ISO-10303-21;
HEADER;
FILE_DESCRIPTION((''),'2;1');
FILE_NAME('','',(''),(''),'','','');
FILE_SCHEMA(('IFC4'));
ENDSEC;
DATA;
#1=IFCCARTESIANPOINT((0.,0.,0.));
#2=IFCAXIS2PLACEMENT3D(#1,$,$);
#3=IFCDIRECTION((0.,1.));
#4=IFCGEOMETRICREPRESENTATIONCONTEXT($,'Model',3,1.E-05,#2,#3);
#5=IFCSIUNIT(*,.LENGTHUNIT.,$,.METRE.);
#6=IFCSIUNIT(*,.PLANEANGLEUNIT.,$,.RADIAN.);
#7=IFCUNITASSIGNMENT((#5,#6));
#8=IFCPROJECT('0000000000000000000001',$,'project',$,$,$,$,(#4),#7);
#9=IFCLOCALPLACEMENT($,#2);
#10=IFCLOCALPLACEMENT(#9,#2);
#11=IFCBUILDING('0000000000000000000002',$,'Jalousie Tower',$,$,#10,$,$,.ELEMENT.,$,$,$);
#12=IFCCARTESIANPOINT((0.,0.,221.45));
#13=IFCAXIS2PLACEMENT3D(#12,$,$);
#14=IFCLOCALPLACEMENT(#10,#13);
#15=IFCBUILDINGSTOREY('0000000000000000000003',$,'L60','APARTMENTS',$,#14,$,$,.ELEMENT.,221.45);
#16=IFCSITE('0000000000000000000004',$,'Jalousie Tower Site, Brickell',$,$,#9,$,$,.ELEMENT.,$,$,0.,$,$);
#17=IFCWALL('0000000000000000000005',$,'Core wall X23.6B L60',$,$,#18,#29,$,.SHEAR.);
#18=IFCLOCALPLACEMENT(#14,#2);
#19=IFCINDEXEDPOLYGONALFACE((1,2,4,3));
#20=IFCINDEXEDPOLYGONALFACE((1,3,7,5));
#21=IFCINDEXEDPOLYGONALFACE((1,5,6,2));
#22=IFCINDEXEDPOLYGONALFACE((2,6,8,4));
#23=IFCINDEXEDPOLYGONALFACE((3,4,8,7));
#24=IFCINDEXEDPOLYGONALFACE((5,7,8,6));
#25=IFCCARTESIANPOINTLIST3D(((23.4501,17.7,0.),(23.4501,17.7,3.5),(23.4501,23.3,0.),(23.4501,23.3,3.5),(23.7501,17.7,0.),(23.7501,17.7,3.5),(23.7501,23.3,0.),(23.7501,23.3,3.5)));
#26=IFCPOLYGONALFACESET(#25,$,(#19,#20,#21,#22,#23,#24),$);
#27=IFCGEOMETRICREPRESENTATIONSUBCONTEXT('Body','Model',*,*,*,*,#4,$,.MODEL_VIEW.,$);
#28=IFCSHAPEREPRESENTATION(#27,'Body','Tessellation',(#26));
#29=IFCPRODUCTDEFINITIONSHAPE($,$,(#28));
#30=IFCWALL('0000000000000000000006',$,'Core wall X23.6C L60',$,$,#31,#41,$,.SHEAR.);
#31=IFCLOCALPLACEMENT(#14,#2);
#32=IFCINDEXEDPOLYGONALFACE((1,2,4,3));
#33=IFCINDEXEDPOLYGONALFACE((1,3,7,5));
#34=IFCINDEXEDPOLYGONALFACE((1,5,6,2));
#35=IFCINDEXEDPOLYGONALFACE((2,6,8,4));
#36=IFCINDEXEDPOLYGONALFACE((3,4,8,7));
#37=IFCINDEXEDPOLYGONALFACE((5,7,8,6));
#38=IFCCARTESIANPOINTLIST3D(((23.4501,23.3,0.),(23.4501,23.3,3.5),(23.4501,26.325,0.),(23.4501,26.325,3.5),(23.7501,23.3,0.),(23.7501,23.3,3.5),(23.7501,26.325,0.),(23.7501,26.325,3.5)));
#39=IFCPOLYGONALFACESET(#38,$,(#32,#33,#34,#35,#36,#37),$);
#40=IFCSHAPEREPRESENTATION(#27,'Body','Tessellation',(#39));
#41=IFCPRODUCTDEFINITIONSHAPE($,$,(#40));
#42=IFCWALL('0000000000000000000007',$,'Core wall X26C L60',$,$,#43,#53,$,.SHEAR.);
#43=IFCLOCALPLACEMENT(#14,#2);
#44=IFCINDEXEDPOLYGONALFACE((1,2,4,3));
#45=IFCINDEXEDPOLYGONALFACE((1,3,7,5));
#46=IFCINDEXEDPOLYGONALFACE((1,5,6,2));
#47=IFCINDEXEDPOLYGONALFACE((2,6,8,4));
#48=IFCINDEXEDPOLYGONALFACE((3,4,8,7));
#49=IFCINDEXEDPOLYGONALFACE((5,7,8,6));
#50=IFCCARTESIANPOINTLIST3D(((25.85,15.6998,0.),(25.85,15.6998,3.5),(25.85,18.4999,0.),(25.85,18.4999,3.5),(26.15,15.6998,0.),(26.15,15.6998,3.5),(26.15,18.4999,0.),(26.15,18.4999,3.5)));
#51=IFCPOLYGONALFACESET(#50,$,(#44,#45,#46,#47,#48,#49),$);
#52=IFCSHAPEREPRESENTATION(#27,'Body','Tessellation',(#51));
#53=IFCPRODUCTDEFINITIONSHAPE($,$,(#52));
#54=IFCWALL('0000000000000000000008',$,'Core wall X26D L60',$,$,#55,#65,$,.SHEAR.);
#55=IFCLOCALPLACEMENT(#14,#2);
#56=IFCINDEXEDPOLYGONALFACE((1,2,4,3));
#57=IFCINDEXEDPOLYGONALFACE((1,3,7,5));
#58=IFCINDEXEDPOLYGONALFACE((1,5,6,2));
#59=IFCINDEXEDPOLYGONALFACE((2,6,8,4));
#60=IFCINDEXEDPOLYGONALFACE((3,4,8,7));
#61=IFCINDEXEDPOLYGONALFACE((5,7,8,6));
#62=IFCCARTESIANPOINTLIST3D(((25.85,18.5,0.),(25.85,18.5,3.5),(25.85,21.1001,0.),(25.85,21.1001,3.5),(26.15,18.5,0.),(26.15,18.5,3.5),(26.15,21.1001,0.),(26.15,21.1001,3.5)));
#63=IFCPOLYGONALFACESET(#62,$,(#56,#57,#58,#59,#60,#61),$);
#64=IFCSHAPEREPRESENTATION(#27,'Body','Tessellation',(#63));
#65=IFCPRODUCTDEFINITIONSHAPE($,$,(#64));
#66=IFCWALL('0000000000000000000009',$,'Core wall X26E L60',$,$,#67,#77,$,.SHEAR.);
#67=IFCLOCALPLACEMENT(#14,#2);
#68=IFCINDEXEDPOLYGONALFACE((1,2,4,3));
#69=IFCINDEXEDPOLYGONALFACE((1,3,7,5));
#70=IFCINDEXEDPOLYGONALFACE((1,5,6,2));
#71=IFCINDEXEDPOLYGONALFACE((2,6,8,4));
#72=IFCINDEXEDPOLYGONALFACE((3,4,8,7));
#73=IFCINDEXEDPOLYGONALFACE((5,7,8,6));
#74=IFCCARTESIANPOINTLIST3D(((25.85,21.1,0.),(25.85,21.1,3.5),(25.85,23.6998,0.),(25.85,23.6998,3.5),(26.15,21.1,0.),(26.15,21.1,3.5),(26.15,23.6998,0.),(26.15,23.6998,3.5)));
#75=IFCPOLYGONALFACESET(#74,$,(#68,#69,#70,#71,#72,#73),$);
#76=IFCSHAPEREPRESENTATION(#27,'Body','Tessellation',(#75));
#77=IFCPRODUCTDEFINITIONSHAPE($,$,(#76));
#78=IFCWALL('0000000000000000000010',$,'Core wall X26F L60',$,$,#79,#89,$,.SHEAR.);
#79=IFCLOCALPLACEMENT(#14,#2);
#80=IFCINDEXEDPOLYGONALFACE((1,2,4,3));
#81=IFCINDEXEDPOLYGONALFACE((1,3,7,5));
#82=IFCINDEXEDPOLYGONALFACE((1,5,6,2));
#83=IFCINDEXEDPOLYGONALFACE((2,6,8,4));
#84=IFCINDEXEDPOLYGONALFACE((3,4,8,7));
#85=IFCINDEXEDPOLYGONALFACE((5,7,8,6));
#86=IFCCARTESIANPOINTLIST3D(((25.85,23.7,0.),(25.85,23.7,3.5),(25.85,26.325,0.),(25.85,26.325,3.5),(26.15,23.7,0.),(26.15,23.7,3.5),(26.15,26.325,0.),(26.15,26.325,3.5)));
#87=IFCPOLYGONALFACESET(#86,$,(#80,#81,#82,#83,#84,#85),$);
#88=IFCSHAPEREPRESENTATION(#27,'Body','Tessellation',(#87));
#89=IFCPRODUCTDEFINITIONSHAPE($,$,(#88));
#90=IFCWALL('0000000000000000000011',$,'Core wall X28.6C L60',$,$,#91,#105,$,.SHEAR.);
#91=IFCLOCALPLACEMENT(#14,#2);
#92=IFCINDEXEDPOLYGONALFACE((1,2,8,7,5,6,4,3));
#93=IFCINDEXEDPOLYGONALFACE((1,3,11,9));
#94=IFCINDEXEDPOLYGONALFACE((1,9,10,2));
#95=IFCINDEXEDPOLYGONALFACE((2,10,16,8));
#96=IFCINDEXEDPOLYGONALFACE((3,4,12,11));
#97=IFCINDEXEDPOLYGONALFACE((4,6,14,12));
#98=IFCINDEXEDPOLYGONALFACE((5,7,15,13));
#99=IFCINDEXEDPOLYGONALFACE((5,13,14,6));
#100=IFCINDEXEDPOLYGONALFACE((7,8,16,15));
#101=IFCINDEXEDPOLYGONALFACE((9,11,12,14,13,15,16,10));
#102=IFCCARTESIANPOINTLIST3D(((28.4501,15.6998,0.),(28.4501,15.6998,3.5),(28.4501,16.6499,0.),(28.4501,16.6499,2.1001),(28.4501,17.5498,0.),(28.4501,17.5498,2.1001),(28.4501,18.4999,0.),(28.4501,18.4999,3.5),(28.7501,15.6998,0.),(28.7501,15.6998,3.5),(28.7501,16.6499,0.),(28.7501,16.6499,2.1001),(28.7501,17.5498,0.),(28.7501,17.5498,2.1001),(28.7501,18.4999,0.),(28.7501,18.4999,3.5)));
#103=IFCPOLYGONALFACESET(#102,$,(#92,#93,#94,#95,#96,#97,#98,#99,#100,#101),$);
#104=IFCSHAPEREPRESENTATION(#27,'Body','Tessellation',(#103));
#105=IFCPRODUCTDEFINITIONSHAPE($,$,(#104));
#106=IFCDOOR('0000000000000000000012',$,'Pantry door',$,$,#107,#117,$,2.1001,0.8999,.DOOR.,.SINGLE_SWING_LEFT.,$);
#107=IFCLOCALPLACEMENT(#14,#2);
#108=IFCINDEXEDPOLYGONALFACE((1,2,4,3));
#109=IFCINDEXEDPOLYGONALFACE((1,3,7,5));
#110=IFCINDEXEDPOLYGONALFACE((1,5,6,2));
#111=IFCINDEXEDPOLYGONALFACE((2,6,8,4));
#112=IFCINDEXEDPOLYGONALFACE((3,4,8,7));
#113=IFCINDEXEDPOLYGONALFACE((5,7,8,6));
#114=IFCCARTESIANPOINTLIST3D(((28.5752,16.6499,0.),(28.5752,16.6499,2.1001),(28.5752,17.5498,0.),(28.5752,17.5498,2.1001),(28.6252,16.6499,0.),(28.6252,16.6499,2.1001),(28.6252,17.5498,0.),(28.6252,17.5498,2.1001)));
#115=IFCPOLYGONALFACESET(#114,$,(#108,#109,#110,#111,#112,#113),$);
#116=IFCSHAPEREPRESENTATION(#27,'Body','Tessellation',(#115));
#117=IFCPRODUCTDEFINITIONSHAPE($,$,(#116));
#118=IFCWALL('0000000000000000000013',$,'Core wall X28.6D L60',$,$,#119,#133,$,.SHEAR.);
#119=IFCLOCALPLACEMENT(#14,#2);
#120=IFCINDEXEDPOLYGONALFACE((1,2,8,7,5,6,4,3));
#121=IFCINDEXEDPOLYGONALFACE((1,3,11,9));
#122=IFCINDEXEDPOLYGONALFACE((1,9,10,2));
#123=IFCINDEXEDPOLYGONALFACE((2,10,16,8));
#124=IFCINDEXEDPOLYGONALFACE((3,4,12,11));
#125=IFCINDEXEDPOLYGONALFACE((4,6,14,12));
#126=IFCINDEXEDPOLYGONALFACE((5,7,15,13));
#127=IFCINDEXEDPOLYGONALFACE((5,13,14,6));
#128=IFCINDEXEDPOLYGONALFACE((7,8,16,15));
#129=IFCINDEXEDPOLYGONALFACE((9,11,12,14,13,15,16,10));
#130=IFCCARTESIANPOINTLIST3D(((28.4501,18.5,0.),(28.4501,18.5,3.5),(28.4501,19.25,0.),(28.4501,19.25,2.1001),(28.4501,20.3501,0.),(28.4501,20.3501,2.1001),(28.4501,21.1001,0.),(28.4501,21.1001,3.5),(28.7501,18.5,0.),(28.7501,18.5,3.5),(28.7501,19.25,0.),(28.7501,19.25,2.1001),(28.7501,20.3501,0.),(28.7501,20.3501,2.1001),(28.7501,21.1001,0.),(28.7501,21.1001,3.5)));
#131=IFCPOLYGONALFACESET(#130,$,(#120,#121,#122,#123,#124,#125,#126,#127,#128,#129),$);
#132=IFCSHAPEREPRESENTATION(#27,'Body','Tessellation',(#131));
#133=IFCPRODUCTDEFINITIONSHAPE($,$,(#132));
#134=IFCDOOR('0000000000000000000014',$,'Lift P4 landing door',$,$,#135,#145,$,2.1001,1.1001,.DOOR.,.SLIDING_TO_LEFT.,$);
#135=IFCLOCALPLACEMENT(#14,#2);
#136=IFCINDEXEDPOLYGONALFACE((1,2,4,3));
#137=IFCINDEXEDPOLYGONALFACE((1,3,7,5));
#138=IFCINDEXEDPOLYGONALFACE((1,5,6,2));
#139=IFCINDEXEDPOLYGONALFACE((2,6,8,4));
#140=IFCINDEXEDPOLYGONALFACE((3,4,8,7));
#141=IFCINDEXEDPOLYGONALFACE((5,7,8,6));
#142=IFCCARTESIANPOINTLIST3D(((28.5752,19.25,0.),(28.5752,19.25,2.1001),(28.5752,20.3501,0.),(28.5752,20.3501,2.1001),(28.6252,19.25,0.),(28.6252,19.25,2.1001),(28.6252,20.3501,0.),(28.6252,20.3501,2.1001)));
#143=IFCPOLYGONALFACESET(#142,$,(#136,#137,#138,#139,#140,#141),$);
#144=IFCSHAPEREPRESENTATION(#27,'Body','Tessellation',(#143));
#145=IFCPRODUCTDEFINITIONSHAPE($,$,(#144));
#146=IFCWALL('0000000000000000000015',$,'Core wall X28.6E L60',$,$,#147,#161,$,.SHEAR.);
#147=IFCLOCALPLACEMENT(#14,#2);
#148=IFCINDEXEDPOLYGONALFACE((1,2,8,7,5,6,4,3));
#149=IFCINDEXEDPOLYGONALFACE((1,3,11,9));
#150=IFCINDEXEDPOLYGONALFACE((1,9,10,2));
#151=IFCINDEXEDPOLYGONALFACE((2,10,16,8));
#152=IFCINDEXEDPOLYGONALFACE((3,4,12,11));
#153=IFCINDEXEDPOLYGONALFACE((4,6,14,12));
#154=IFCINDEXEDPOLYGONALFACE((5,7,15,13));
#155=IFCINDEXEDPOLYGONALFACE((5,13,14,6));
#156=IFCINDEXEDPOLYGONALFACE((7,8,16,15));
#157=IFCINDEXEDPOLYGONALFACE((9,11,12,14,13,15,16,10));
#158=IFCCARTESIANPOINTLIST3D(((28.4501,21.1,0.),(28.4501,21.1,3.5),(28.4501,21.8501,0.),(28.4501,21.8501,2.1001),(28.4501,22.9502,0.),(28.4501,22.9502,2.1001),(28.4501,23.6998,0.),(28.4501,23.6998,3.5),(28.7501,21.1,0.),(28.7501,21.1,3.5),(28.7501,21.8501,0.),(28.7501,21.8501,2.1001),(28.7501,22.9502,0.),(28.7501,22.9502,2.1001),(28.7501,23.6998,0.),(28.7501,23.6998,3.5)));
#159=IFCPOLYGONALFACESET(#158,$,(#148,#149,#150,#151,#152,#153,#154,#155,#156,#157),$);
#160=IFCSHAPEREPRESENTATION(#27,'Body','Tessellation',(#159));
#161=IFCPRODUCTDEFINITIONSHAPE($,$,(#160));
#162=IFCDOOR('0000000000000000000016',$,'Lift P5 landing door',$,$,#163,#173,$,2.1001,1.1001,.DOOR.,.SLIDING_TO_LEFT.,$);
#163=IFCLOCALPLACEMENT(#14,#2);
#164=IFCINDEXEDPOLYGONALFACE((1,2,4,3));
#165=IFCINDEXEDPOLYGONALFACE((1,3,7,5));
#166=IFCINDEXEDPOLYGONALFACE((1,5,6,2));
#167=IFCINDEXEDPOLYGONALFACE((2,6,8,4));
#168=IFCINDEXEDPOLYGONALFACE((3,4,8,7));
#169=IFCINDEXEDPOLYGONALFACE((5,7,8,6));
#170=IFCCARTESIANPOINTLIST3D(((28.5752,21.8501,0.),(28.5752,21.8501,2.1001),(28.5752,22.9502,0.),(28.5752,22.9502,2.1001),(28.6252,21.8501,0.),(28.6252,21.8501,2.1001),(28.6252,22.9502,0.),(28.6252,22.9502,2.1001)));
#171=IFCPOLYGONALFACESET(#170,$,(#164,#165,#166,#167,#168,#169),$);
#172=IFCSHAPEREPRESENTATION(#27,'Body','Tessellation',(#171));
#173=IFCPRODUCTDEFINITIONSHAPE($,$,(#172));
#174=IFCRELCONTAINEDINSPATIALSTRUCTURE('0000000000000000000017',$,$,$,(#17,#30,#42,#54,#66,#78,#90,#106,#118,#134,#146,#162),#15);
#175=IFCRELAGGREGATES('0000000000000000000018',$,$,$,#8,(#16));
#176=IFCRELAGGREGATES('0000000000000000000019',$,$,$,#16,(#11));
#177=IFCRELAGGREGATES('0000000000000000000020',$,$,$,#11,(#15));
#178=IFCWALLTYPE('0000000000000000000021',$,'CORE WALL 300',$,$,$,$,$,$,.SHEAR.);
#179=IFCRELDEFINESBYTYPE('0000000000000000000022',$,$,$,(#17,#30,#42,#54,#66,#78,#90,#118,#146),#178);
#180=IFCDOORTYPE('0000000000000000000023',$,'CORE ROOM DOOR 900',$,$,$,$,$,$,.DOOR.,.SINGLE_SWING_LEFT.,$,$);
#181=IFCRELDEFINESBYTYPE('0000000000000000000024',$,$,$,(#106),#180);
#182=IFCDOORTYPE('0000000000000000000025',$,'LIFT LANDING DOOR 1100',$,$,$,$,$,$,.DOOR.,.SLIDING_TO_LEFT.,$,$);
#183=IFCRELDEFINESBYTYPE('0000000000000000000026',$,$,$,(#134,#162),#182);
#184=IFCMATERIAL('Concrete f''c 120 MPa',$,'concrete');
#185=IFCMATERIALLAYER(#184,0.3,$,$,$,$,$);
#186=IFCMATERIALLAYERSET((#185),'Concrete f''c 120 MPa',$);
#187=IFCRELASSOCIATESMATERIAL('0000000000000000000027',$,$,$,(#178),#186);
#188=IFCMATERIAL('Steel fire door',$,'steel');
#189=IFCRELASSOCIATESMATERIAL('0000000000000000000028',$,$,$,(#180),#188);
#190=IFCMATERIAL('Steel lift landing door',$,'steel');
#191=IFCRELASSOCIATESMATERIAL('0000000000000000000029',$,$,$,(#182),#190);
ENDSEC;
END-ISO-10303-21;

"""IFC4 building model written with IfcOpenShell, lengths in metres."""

from ifc_helpers import new_model, si_unit, direction, frame, frame_2d, origin, place, context, subcontext, project, spatial, rectangle, extrude, material, layer, layer_set, type_object, element, fill, save


model = new_model("IFC4")

# Units and contexts
model_context = context("Model", 3, precision=1e-05, world=origin(), true_north=direction((0.0, 1.0)))
body_context = subcontext(model_context, "Body", "Model", "MODEL_VIEW")
ifc_project = project(units=[si_unit("LENGTHUNIT", "METRE"), si_unit("PLANEANGLEUNIT", "RADIAN")], contexts=[model_context])

# Site, building, storey
site_placement = place(None, origin())
site = spatial("IfcSite", under=ifc_project, at=site_placement, Name="Jalousie Tower Site, Brickell", CompositionType="ELEMENT", RefElevation=0.0)
building_placement = place(site_placement, origin())
building = spatial("IfcBuilding", under=site, at=building_placement, Name="Jalousie Tower", CompositionType="ELEMENT")
storey_placement = place(building_placement, frame((0.0, 0.0, 221.45)))
storey = spatial("IfcBuildingStorey", under=building, at=storey_placement, Name="L60", Description="APARTMENTS", CompositionType="ELEMENT", Elevation=221.45)

# Walls
ifc_material_1 = material(Name="Concrete f'c 120 MPa", Category="concrete")
ifc_layer = layer(ifc_material_1, 0.3)
ifc_layer_set = layer_set([ifc_layer], Name="Concrete f'c 120 MPa")
wall_type = type_object("IfcWallType", Name="CORE WALL 300", PredefinedType="SHEAR", material=ifc_layer_set)
wall_1_placement = place(storey_placement, frame((23.6001, 17.7, 0.0), z_axis=(0.0, 0.0, 1.0), x_axis=(0.0, 1.0, 0.0)))
element("IfcWall", 1, at=wall_1_placement, inside=storey, type_object=wall_type, Name="Core wall X23.6B L60", PredefinedType="SHEAR", context=body_context, shape_type="SweptSolid", body=[
    extrude(rectangle(XDim=5.6001, YDim=0.3, at=frame_2d((2.8, 0.0))), origin(), (0.0, 0.0, 1.0), 3.5),
])
wall_2_placement = place(storey_placement, frame((23.6001, 23.3, 0.0), z_axis=(0.0, 0.0, 1.0), x_axis=(0.0, 1.0, 0.0)))
element("IfcWall", 2, at=wall_2_placement, inside=storey, type_object=wall_type, Name="Core wall X23.6C L60", PredefinedType="SHEAR", context=body_context, shape_type="SweptSolid", body=[
    extrude(rectangle(XDim=3.0249, YDim=0.3, at=frame_2d((1.5125, 0.0))), origin(), (0.0, 0.0, 1.0), 3.5),
])
wall_3_placement = place(storey_placement, frame((26.0, 15.7, 0.0), z_axis=(0.0, 0.0, 1.0), x_axis=(0.0, 1.0, 0.0)))
element("IfcWall", 3, at=wall_3_placement, inside=storey, type_object=wall_type, Name="Core wall X26C L60", PredefinedType="SHEAR", context=body_context, shape_type="SweptSolid", body=[
    extrude(rectangle(XDim=2.8, YDim=0.3, at=frame_2d((1.3999, 0.0))), origin(), (0.0, 0.0, 1.0), 3.5),
])
wall_4_placement = place(storey_placement, frame((26.0, 18.5, 0.0), z_axis=(0.0, 0.0, 1.0), x_axis=(0.0, 1.0, 0.0)))
element("IfcWall", 4, at=wall_4_placement, inside=storey, type_object=wall_type, Name="Core wall X26D L60", PredefinedType="SHEAR", context=body_context, shape_type="SweptSolid", body=[
    extrude(rectangle(XDim=2.6001, YDim=0.3, at=frame_2d((1.3, 0.0))), origin(), (0.0, 0.0, 1.0), 3.5),
])
wall_5_placement = place(storey_placement, frame((26.0, 21.1001, 0.0), z_axis=(0.0, 0.0, 1.0), x_axis=(0.0, 1.0, 0.0)))
element("IfcWall", 5, at=wall_5_placement, inside=storey, type_object=wall_type, Name="Core wall X26E L60", PredefinedType="SHEAR", context=body_context, shape_type="SweptSolid", body=[
    extrude(rectangle(XDim=2.5999, YDim=0.3, at=frame_2d((1.2998, 0.0))), origin(), (0.0, 0.0, 1.0), 3.5),
])
wall_6_placement = place(storey_placement, frame((26.0, 23.7, 0.0), z_axis=(0.0, 0.0, 1.0), x_axis=(0.0, 1.0, 0.0)))
element("IfcWall", 6, at=wall_6_placement, inside=storey, type_object=wall_type, Name="Core wall X26F L60", PredefinedType="SHEAR", context=body_context, shape_type="SweptSolid", body=[
    extrude(rectangle(XDim=2.625, YDim=0.3, at=frame_2d((1.3125, 0.0))), origin(), (0.0, 0.0, 1.0), 3.5),
])

# Walls, openings, doors
wall_7_placement = place(storey_placement, frame((28.6001, 15.7, 0.0), z_axis=(0.0, 0.0, 1.0), x_axis=(0.0, 1.0, 0.0)))
wall_7 = element("IfcWall", 7, at=wall_7_placement, inside=storey, type_object=wall_type, Name="Core wall X28.6C L60", PredefinedType="SHEAR", context=body_context, shape_type="SweptSolid", body=[
    extrude(rectangle(XDim=2.8, YDim=0.3, at=frame_2d((1.3999, 0.0))), origin(), (0.0, 0.0, 1.0), 3.5),
])
opening_1_placement = place(wall_7_placement, frame((0.95, 0.0, 0.0)))
opening_1 = element("IfcOpeningElement", 8, at=opening_1_placement, cuts=wall_7, PredefinedType="OPENING", context=body_context, shape_type="SweptSolid", body=[
    extrude(rectangle(XDim=0.8999, YDim=2.1001, at=frame_2d((0.45, 1.05))), frame((0.0, 0.1599, 0.0), z_axis=(0.0, -1.0, 0.0), x_axis=(1.0, 0.0, 0.0)), (0.0, 0.0, 1.0), 0.3201),
])
ifc_material_2 = material(Name="Steel fire door", Category="steel")
door_type_1 = type_object("IfcDoorType", Name="CORE ROOM DOOR 900", OperationType="SINGLE_SWING_LEFT", PredefinedType="DOOR", material=ifc_material_2)
door_1_placement = place(opening_1_placement, origin())
door_1 = element("IfcDoor", 9, at=door_1_placement, inside=storey, type_object=door_type_1, Name="Pantry door", OperationType="SINGLE_SWING_LEFT", OverallHeight=2.1001, OverallWidth=0.8999, PredefinedType="DOOR", context=body_context, shape_type="SweptSolid", body=[
    extrude(rectangle(XDim=0.8999, YDim=2.1001, at=frame_2d((0.45, 1.05))), frame((0.0, 0.0249, 0.0), z_axis=(0.0, -1.0, 0.0), x_axis=(1.0, 0.0, 0.0)), (0.0, 0.0, 1.0), 0.05),
])
fill(opening_1, door_1)
wall_8_placement = place(storey_placement, frame((28.6001, 18.5, 0.0), z_axis=(0.0, 0.0, 1.0), x_axis=(0.0, 1.0, 0.0)))
wall_8 = element("IfcWall", 10, at=wall_8_placement, inside=storey, type_object=wall_type, Name="Core wall X28.6D L60", PredefinedType="SHEAR", context=body_context, shape_type="SweptSolid", body=[
    extrude(rectangle(XDim=2.6001, YDim=0.3, at=frame_2d((1.3, 0.0))), origin(), (0.0, 0.0, 1.0), 3.5),
])
opening_2_placement = place(wall_8_placement, frame((0.75, 0.0, 0.0)))
opening_2 = element("IfcOpeningElement", 11, at=opening_2_placement, cuts=wall_8, PredefinedType="OPENING", context=body_context, shape_type="SweptSolid", body=[
    extrude(rectangle(XDim=1.1001, YDim=2.1001, at=frame_2d((0.55, 1.05))), frame((0.0, 0.1599, 0.0), z_axis=(0.0, -1.0, 0.0), x_axis=(1.0, 0.0, 0.0)), (0.0, 0.0, 1.0), 0.3201),
])
ifc_material_3 = material(Name="Steel lift landing door", Category="steel")
door_type_2 = type_object("IfcDoorType", Name="LIFT LANDING DOOR 1100", OperationType="SLIDING_TO_LEFT", PredefinedType="DOOR", material=ifc_material_3)
door_2_placement = place(opening_2_placement, origin())
door_2 = element("IfcDoor", 12, at=door_2_placement, inside=storey, type_object=door_type_2, Name="Lift P4 landing door", OperationType="SLIDING_TO_LEFT", OverallHeight=2.1001, OverallWidth=1.1001, PredefinedType="DOOR", context=body_context, shape_type="SweptSolid", body=[
    extrude(rectangle(XDim=1.1001, YDim=2.1001, at=frame_2d((0.55, 1.05))), frame((0.0, 0.0249, 0.0), z_axis=(0.0, -1.0, 0.0), x_axis=(1.0, 0.0, 0.0)), (0.0, 0.0, 1.0), 0.05),
])
fill(opening_2, door_2)
wall_9_placement = place(storey_placement, frame((28.6001, 21.1001, 0.0), z_axis=(0.0, 0.0, 1.0), x_axis=(0.0, 1.0, 0.0)))
wall_9 = element("IfcWall", 13, at=wall_9_placement, inside=storey, type_object=wall_type, Name="Core wall X28.6E L60", PredefinedType="SHEAR", context=body_context, shape_type="SweptSolid", body=[
    extrude(rectangle(XDim=2.5999, YDim=0.3, at=frame_2d((1.2998, 0.0))), origin(), (0.0, 0.0, 1.0), 3.5),
])
opening_3_placement = place(wall_9_placement, frame((0.75, 0.0, 0.0)))
opening_3 = element("IfcOpeningElement", 14, at=opening_3_placement, cuts=wall_9, PredefinedType="OPENING", context=body_context, shape_type="SweptSolid", body=[
    extrude(rectangle(XDim=1.1001, YDim=2.1001, at=frame_2d((0.55, 1.05))), frame((0.0, 0.1599, 0.0), z_axis=(0.0, -1.0, 0.0), x_axis=(1.0, 0.0, 0.0)), (0.0, 0.0, 1.0), 0.3201),
])
door_3_placement = place(opening_3_placement, origin())
door_3 = element("IfcDoor", 15, at=door_3_placement, inside=storey, type_object=door_type_2, Name="Lift P5 landing door", OperationType="SLIDING_TO_LEFT", OverallHeight=2.1001, OverallWidth=1.1001, PredefinedType="DOOR", context=body_context, shape_type="SweptSolid", body=[
    extrude(rectangle(XDim=1.1001, YDim=2.1001, at=frame_2d((0.55, 1.05))), frame((0.0, 0.0249, 0.0), z_axis=(0.0, -1.0, 0.0), x_axis=(1.0, 0.0, 0.0)), (0.0, 0.0, 1.0), 0.05),
])
fill(opening_3, door_3)

save(model, "model.ifc")
